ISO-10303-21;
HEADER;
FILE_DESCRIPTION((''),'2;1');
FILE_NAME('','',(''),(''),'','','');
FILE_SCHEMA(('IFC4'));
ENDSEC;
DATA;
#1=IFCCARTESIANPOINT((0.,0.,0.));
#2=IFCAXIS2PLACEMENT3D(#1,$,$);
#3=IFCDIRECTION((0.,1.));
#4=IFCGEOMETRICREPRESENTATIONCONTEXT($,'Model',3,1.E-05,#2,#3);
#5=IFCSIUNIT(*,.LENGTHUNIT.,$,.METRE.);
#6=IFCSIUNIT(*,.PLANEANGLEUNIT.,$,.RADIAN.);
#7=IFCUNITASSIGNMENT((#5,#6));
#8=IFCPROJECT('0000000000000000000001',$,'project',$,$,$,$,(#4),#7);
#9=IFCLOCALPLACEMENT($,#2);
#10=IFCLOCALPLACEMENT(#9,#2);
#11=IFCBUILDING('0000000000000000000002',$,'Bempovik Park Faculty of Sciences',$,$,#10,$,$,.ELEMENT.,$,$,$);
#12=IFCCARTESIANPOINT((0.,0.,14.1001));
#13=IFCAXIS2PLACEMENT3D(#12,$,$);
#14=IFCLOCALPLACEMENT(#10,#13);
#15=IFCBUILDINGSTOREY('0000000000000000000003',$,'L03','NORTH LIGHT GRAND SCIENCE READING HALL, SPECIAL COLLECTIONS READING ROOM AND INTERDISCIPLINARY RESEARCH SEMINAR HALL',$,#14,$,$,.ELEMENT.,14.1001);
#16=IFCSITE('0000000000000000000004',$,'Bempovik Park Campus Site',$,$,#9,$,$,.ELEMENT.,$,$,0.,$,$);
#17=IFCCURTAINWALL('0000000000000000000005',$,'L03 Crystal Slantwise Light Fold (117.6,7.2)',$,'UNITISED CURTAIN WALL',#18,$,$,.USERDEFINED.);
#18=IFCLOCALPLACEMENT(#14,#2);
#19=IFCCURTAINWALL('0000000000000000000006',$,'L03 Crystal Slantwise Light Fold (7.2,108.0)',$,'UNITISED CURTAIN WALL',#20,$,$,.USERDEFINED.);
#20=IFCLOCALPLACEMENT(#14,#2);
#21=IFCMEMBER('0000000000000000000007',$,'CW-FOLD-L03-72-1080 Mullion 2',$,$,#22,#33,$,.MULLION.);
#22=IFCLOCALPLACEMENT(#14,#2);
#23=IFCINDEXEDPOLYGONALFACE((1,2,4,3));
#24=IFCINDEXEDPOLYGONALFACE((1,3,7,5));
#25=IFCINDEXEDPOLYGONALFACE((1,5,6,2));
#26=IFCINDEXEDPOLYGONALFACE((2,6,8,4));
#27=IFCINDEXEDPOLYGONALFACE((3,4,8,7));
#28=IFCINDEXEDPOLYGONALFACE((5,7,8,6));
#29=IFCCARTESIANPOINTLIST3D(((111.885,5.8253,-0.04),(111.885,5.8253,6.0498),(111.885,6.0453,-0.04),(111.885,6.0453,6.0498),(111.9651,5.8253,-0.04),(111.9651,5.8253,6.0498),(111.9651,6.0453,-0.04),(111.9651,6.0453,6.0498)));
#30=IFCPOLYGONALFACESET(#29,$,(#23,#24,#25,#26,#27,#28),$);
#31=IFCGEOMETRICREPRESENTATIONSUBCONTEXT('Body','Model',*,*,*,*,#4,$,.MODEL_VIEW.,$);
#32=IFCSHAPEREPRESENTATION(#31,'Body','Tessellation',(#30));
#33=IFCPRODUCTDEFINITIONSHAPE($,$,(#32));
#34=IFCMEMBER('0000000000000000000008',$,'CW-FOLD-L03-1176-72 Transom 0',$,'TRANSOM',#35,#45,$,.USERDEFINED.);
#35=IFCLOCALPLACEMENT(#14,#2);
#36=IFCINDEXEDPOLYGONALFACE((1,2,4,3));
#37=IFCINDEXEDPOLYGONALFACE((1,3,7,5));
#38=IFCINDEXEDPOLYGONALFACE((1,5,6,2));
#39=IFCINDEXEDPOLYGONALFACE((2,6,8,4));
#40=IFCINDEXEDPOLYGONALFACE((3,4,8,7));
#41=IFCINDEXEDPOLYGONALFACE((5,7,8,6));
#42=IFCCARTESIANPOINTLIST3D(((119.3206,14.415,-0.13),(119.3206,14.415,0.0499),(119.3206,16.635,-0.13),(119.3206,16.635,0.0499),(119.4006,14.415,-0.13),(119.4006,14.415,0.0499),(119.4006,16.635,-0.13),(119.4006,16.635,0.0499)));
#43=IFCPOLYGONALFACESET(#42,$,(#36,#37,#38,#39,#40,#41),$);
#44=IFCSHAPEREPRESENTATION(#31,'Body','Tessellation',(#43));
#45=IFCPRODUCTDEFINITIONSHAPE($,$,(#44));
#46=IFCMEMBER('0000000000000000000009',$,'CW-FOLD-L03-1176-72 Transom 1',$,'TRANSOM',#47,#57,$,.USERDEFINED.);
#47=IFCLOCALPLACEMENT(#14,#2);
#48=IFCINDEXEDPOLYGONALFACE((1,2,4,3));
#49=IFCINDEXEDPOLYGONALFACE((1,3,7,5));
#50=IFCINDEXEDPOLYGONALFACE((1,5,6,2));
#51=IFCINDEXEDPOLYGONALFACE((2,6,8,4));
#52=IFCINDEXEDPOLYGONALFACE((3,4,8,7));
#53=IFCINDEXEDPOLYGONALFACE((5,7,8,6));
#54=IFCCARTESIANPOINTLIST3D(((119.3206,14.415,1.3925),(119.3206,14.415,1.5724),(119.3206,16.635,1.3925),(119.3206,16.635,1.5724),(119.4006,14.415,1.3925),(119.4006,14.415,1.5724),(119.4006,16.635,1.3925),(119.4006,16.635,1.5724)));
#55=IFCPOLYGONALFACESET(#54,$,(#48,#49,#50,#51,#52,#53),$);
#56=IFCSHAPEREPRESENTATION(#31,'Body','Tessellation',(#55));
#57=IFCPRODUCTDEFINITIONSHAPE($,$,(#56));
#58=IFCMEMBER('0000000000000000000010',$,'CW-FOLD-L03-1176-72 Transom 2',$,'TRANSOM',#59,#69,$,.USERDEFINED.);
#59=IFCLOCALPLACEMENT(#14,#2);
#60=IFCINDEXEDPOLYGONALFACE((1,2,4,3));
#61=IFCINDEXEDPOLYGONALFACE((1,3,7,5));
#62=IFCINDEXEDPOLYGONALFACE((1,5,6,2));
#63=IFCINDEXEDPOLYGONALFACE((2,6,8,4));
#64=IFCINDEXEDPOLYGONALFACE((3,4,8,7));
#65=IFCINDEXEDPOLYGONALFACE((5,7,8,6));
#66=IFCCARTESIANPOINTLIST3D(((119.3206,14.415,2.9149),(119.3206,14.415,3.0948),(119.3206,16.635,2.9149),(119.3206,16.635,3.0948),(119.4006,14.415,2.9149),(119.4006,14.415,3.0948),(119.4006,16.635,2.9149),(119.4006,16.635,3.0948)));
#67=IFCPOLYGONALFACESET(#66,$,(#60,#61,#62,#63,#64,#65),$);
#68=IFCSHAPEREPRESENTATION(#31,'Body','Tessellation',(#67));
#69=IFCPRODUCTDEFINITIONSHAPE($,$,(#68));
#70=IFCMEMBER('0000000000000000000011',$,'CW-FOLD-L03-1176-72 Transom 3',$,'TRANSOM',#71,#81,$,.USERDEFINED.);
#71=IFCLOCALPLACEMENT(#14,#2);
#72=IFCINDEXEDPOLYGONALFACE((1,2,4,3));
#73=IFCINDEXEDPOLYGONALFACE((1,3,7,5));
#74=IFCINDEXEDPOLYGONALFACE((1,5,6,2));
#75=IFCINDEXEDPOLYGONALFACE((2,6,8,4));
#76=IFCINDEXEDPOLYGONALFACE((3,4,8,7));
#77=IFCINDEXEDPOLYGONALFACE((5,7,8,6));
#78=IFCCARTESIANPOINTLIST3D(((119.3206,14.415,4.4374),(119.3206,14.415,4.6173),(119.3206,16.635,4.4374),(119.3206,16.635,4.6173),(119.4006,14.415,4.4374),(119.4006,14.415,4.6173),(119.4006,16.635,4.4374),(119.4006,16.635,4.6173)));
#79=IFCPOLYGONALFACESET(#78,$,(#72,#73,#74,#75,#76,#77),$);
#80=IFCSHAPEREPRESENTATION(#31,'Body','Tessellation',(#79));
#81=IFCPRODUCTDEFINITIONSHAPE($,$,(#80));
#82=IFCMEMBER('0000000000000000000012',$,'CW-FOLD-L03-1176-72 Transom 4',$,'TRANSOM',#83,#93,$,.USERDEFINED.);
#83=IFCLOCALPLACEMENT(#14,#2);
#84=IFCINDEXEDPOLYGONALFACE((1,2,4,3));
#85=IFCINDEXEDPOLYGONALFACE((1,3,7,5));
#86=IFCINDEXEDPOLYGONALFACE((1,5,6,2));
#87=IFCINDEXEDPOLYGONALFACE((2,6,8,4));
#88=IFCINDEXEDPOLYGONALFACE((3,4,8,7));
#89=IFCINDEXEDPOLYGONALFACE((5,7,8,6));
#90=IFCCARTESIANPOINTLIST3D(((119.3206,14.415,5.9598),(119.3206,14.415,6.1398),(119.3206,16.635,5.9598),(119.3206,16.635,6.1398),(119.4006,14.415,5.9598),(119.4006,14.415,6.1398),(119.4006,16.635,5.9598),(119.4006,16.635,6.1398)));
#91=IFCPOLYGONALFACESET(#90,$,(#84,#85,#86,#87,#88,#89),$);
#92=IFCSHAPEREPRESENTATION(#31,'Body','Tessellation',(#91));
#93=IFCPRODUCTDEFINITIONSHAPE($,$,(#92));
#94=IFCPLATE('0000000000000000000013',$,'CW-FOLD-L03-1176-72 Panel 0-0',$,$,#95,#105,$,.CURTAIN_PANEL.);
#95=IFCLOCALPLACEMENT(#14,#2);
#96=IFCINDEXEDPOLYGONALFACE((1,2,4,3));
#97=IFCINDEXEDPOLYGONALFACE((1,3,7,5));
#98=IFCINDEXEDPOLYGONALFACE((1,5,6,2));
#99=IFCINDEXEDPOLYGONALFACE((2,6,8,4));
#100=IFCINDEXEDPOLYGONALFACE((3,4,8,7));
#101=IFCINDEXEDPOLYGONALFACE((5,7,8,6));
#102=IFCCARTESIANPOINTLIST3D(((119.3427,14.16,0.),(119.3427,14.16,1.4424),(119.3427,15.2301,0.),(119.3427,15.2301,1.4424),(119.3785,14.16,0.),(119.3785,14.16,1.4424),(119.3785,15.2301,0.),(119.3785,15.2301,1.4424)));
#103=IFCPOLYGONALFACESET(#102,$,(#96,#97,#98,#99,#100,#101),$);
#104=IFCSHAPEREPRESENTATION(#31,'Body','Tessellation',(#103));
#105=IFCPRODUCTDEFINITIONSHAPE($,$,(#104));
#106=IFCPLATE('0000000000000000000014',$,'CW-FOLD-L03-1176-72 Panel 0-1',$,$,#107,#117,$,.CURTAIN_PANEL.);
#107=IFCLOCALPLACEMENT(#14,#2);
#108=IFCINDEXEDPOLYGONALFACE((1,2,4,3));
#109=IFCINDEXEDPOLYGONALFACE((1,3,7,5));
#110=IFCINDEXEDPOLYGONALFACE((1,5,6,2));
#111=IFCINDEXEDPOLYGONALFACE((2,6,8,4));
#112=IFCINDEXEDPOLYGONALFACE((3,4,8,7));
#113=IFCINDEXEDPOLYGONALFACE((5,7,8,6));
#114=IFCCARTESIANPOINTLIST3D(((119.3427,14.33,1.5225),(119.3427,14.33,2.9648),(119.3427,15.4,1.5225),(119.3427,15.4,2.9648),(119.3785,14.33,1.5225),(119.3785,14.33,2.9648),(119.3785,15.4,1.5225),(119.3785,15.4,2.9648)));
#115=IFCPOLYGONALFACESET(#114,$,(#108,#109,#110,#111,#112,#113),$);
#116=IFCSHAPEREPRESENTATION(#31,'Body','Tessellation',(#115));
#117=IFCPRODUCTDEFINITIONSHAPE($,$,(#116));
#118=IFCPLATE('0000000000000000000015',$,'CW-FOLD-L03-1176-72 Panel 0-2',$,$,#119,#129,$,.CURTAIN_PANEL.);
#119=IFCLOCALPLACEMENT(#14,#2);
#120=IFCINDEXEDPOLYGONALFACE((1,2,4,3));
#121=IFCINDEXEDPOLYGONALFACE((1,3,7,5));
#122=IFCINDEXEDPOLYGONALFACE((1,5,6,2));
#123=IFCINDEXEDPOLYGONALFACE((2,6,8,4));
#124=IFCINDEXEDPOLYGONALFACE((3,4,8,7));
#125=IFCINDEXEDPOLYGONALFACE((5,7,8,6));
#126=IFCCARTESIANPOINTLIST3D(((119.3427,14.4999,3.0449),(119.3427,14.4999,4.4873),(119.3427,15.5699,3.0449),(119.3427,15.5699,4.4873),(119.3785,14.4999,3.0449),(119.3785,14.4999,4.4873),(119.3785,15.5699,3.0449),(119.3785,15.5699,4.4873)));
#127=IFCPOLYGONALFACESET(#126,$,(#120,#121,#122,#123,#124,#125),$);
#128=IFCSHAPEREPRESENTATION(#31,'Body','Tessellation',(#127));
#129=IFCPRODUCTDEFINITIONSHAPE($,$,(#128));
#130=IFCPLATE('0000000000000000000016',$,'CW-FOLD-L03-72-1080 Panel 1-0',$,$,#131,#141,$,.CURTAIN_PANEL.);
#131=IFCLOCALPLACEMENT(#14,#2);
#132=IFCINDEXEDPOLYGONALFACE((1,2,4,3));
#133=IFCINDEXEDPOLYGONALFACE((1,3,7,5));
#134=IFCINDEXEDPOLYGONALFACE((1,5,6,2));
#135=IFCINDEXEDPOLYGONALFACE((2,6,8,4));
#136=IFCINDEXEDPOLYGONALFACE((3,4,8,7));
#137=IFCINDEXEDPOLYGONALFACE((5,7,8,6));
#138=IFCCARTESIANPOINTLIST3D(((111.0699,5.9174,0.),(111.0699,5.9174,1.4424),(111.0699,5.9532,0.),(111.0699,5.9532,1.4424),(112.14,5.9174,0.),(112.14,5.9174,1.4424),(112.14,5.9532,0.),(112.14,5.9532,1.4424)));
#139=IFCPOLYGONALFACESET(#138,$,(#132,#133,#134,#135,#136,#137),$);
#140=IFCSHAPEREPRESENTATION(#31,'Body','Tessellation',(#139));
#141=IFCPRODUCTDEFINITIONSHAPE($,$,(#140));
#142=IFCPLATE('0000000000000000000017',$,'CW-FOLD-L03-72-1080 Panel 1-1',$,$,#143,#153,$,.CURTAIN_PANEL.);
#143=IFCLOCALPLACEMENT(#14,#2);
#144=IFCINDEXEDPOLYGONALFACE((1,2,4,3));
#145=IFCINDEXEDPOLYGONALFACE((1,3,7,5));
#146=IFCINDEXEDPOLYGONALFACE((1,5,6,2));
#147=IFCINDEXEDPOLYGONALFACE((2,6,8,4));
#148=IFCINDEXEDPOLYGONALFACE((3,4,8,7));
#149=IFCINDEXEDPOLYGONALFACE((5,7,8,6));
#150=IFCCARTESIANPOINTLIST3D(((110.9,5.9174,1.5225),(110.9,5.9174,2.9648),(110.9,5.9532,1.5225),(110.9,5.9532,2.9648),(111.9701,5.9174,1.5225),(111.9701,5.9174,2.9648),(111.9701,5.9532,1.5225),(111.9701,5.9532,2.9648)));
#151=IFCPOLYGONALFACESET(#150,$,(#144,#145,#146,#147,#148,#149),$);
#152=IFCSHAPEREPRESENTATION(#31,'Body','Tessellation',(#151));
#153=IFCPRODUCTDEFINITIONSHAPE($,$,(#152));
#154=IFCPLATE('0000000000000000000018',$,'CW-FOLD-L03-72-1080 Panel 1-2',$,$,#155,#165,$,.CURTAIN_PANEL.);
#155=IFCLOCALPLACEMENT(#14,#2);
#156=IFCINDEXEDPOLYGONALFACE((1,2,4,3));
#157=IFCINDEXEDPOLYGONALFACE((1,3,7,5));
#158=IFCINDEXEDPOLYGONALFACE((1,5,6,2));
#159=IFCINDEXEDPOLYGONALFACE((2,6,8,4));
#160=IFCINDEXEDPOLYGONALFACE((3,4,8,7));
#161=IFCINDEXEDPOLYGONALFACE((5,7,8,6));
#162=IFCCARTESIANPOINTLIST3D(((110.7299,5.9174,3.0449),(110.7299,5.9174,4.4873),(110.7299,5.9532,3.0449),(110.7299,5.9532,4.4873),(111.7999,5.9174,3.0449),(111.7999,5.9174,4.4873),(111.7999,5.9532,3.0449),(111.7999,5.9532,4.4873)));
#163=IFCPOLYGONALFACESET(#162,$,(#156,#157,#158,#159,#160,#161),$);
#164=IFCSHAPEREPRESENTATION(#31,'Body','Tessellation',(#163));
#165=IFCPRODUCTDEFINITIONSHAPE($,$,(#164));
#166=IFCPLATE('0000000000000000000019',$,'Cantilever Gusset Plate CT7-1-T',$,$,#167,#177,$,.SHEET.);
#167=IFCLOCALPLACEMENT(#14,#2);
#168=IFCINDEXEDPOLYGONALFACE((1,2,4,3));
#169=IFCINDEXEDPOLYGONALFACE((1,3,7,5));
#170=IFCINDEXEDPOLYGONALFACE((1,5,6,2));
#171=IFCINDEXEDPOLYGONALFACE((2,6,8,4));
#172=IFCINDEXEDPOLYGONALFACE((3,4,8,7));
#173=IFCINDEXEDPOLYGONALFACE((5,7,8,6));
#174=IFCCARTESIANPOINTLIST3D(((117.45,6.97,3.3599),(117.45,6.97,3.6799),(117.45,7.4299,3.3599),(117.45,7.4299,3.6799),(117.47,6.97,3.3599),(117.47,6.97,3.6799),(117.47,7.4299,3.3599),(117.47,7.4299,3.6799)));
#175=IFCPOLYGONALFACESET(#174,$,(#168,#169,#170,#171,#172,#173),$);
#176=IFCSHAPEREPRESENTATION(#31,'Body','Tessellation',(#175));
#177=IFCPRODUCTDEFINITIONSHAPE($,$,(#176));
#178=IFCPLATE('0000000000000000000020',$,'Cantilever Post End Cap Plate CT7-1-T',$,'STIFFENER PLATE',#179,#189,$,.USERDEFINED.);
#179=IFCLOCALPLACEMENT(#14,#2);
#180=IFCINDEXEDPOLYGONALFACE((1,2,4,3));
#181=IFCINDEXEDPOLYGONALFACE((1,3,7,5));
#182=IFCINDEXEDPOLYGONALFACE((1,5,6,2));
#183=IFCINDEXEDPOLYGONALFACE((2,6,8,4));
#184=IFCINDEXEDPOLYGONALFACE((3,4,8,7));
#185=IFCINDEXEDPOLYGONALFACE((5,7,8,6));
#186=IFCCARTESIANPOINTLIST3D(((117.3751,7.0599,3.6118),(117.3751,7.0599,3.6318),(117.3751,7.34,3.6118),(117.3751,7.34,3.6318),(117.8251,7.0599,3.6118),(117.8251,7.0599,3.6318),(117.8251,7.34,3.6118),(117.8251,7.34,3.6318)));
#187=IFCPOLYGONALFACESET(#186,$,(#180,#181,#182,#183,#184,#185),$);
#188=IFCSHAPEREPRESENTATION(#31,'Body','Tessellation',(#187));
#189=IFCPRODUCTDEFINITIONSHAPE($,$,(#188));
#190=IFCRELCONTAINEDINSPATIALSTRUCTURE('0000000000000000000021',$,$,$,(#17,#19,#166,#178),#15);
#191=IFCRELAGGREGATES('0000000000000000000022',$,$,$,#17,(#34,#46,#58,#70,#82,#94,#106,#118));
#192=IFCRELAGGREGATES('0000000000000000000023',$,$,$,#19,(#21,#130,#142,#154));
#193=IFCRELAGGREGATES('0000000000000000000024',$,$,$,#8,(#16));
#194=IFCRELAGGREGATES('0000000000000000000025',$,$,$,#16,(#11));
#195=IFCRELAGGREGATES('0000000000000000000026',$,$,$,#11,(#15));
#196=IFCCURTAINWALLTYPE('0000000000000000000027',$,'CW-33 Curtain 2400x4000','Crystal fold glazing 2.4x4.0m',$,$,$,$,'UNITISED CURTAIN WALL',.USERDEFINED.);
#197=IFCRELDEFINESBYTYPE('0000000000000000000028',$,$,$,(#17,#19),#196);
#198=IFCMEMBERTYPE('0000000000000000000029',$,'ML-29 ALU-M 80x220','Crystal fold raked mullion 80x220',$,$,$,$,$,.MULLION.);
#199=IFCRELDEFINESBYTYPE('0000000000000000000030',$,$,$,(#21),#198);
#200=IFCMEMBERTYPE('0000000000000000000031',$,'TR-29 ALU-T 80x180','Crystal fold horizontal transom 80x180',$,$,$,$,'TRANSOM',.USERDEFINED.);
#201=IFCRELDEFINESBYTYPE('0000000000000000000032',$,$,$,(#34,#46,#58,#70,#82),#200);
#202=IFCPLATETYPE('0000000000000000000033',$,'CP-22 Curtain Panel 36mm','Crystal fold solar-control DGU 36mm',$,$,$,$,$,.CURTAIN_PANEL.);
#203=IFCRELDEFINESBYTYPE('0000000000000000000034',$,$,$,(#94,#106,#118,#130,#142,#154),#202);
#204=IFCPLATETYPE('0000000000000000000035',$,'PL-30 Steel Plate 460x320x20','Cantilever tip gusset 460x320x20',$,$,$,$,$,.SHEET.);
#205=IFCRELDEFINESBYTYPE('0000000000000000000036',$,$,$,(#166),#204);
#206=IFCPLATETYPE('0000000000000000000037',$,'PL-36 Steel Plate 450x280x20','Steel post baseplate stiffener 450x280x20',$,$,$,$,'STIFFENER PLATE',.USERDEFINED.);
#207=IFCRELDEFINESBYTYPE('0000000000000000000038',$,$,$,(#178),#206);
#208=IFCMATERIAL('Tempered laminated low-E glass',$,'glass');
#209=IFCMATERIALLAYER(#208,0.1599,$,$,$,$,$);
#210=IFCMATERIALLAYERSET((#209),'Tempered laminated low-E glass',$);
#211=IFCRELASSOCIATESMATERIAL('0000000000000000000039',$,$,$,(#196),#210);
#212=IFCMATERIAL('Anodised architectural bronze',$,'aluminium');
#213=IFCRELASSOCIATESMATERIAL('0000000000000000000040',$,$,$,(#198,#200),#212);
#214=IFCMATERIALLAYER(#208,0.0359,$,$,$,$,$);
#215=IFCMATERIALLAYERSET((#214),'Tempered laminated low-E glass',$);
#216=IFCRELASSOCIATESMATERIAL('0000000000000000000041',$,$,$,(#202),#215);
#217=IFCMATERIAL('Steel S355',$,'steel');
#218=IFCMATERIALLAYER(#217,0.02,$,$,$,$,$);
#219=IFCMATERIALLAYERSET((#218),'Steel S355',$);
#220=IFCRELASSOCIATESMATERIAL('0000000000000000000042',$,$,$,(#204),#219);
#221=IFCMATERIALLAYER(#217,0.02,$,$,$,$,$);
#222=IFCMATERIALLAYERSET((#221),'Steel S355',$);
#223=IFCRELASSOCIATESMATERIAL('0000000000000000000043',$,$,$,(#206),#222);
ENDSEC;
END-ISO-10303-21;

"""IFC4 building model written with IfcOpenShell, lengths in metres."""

from ifc_helpers import new_model, si_unit, direction, frame, origin, origin_2d, place, context, subcontext, project, spatial, rectangle, extrude, material, layer, layer_set, material_profile, profile_set, type_object, element, aggregate, save


model = new_model("IFC4")

# Units and contexts
model_context = context("Model", 3, precision=1e-05, world=origin(), true_north=direction((0.0, 1.0)))
body_context = subcontext(model_context, "Body", "Model", "MODEL_VIEW")
ifc_project = project(units=[si_unit("LENGTHUNIT", "METRE"), si_unit("PLANEANGLEUNIT", "RADIAN")], contexts=[model_context])

# Site, building, storey
site_placement = place(None, origin())
site = spatial("IfcSite", under=ifc_project, at=site_placement, Name="Bempovik Park Campus Site", CompositionType="ELEMENT", RefElevation=0.0)
building_placement = place(site_placement, origin())
building = spatial("IfcBuilding", under=site, at=building_placement, Name="Bempovik Park Faculty of Sciences", CompositionType="ELEMENT")
storey_placement = place(building_placement, frame((0.0, 0.0, 14.1001)))
storey = spatial("IfcBuildingStorey", under=building, at=storey_placement, Name="L03", Description="NORTH LIGHT GRAND SCIENCE READING HALL, SPECIAL COLLECTIONS READING ROOM AND INTERDISCIPLINARY RESEARCH SEMINAR HALL", CompositionType="ELEMENT", Elevation=14.1001)

# Shared definitions
ifc_material_1 = material(Name="Steel S355", Category="steel")

# Curtain walls, member
ifc_material_2 = material(Name="Tempered laminated low-E glass", Category="glass")
ifc_layer_1 = layer(ifc_material_2, 0.1599)
ifc_layer_set_1 = layer_set([ifc_layer_1], Name="Tempered laminated low-E glass")
curtain_wall_type = type_object("IfcCurtainWallType", Name="CW-33 Curtain 2400x4000", Description="Crystal fold glazing 2.4x4.0m", ElementType="UNITISED CURTAIN WALL", PredefinedType="USERDEFINED", material=ifc_layer_set_1)
curtain_wall_1_placement = place(storey_placement, origin())
curtain_wall_1 = element("IfcCurtainWall", 1, at=curtain_wall_1_placement, inside=storey, type_object=curtain_wall_type, Name="L03 Crystal Slantwise Light Fold (117.6,7.2)", ObjectType="UNITISED CURTAIN WALL", PredefinedType="USERDEFINED")
ifc_material_3 = material(Name="Anodised architectural bronze", Category="aluminium")
ifc_material_profile_1 = material_profile(ifc_material_3, rectangle(XDim=0.0801, YDim=0.22, at=origin_2d()), Name="ALU-M 80x220")
ifc_profile_set_1 = profile_set([ifc_material_profile_1], Name="Anodised architectural bronze")
member_type_1 = type_object("IfcMemberType", Name="ML-29 ALU-M 80x220", Description="Crystal fold raked mullion 80x220", PredefinedType="MULLION", material=ifc_profile_set_1)
curtain_wall_2_placement = place(storey_placement, origin())
curtain_wall_2 = element("IfcCurtainWall", 2, at=curtain_wall_2_placement, inside=storey, type_object=curtain_wall_type, Name="L03 Crystal Slantwise Light Fold (7.2,108.0)", ObjectType="UNITISED CURTAIN WALL", PredefinedType="USERDEFINED")
member_1_placement = place(storey_placement, frame((111.925, 5.9353, -0.04), z_axis=(0.0, 0.0, 1.0), x_axis=(1.0, 0.0, 0.0)))
member_1 = element("IfcMember", 3, at=member_1_placement, type_object=member_type_1, Name="CW-FOLD-L03-72-1080 Mullion 2", PredefinedType="MULLION", context=body_context, shape_type="SweptSolid", body=[
    extrude(rectangle(XDim=0.0801, YDim=0.22, at=origin_2d()), origin(), (0.0, 0.0, 1.0), 6.0898),
])

# Members
ifc_material_profile_2 = material_profile(ifc_material_3, rectangle(XDim=0.0801, YDim=0.1799, at=origin_2d()), Name="ALU-T 80x180")
ifc_profile_set_2 = profile_set([ifc_material_profile_2], Name="Anodised architectural bronze")
member_type_2 = type_object("IfcMemberType", Name="TR-29 ALU-T 80x180", Description="Crystal fold horizontal transom 80x180", ElementType="TRANSOM", PredefinedType="USERDEFINED", material=ifc_profile_set_2)
member_2_placement = place(storey_placement, frame((119.3606, 14.415, -0.04), z_axis=(0.0, 1.0, 0.0), x_axis=(-1.0, 0.0, 0.0)))
member_2 = element("IfcMember", 4, at=member_2_placement, type_object=member_type_2, Name="CW-FOLD-L03-1176-72 Transom 0", ObjectType="TRANSOM", PredefinedType="USERDEFINED", context=body_context, shape_type="SweptSolid", body=[
    extrude(rectangle(XDim=0.0801, YDim=0.1799, at=origin_2d()), origin(), (0.0, 0.0, 1.0), 2.22),
])
member_3_placement = place(storey_placement, frame((119.3606, 14.415, 1.4824), z_axis=(0.0, 1.0, 0.0), x_axis=(-1.0, 0.0, 0.0)))
member_3 = element("IfcMember", 5, at=member_3_placement, type_object=member_type_2, Name="CW-FOLD-L03-1176-72 Transom 1", ObjectType="TRANSOM", PredefinedType="USERDEFINED", context=body_context, shape_type="SweptSolid", body=[
    extrude(rectangle(XDim=0.0801, YDim=0.1799, at=origin_2d()), origin(), (0.0, 0.0, 1.0), 2.22),
])
member_4_placement = place(storey_placement, frame((119.3606, 14.415, 3.0049), z_axis=(0.0, 1.0, 0.0), x_axis=(-1.0, 0.0, 0.0)))
member_4 = element("IfcMember", 6, at=member_4_placement, type_object=member_type_2, Name="CW-FOLD-L03-1176-72 Transom 2", ObjectType="TRANSOM", PredefinedType="USERDEFINED", context=body_context, shape_type="SweptSolid", body=[
    extrude(rectangle(XDim=0.0801, YDim=0.1799, at=origin_2d()), origin(), (0.0, 0.0, 1.0), 2.22),
])
member_5_placement = place(storey_placement, frame((119.3606, 14.415, 4.5273), z_axis=(0.0, 1.0, 0.0), x_axis=(-1.0, 0.0, 0.0)))
member_5 = element("IfcMember", 7, at=member_5_placement, type_object=member_type_2, Name="CW-FOLD-L03-1176-72 Transom 3", ObjectType="TRANSOM", PredefinedType="USERDEFINED", context=body_context, shape_type="SweptSolid", body=[
    extrude(rectangle(XDim=0.0801, YDim=0.1799, at=origin_2d()), origin(), (0.0, 0.0, 1.0), 2.22),
])
member_6_placement = place(storey_placement, frame((119.3606, 14.415, 6.0498), z_axis=(0.0, 1.0, 0.0), x_axis=(-1.0, 0.0, 0.0)))
member_6 = element("IfcMember", 8, at=member_6_placement, type_object=member_type_2, Name="CW-FOLD-L03-1176-72 Transom 4", ObjectType="TRANSOM", PredefinedType="USERDEFINED", context=body_context, shape_type="SweptSolid", body=[
    extrude(rectangle(XDim=0.0801, YDim=0.1799, at=origin_2d()), origin(), (0.0, 0.0, 1.0), 2.22),
])

# Plates
ifc_layer_2 = layer(ifc_material_2, 0.0359)
ifc_layer_set_2 = layer_set([ifc_layer_2], Name="Tempered laminated low-E glass")
plate_type_1 = type_object("IfcPlateType", Name="CP-22 Curtain Panel 36mm", Description="Crystal fold solar-control DGU 36mm", PredefinedType="CURTAIN_PANEL", material=ifc_layer_set_2)
plate_1_placement = place(storey_placement, frame((119.3606, 14.6951, 0.0), z_axis=(0.0, 0.0, 1.0), x_axis=(0.0, 1.0, 0.0)))
plate_1 = element("IfcPlate", 9, at=plate_1_placement, type_object=plate_type_1, Name="CW-FOLD-L03-1176-72 Panel 0-0", PredefinedType="CURTAIN_PANEL", context=body_context, shape_type="SweptSolid", body=[
    extrude(rectangle(XDim=1.0701, YDim=0.0359, at=origin_2d()), origin(), (0.0, 0.0, 1.0), 1.4424),
])
plate_2_placement = place(storey_placement, frame((119.3606, 14.865, 1.5225), z_axis=(0.0, 0.0, 1.0), x_axis=(0.0, 1.0, 0.0)))
plate_2 = element("IfcPlate", 10, at=plate_2_placement, type_object=plate_type_1, Name="CW-FOLD-L03-1176-72 Panel 0-1", PredefinedType="CURTAIN_PANEL", context=body_context, shape_type="SweptSolid", body=[
    extrude(rectangle(XDim=1.0701, YDim=0.0359, at=origin_2d()), origin(), (0.0, 0.0, 1.0), 1.4424),
])
plate_3_placement = place(storey_placement, frame((119.3606, 15.0349, 3.0449), z_axis=(0.0, 0.0, 1.0), x_axis=(0.0, 1.0, 0.0)))
plate_3 = element("IfcPlate", 11, at=plate_3_placement, type_object=plate_type_1, Name="CW-FOLD-L03-1176-72 Panel 0-2", PredefinedType="CURTAIN_PANEL", context=body_context, shape_type="SweptSolid", body=[
    extrude(rectangle(XDim=1.0701, YDim=0.0359, at=origin_2d()), origin(), (0.0, 0.0, 1.0), 1.4424),
])
aggregate(curtain_wall_1, [member_2, member_3, member_4, member_5, member_6, plate_1, plate_2, plate_3])
plate_4_placement = place(storey_placement, frame((111.605, 5.9353, 0.0), z_axis=(0.0, 0.0, 1.0), x_axis=(1.0, 0.0, 0.0)))
plate_4 = element("IfcPlate", 12, at=plate_4_placement, type_object=plate_type_1, Name="CW-FOLD-L03-72-1080 Panel 1-0", PredefinedType="CURTAIN_PANEL", context=body_context, shape_type="SweptSolid", body=[
    extrude(rectangle(XDim=1.0701, YDim=0.0359, at=origin_2d()), origin(), (0.0, 0.0, 1.0), 1.4424),
])
plate_5_placement = place(storey_placement, frame((111.4351, 5.9353, 1.5225), z_axis=(0.0, 0.0, 1.0), x_axis=(1.0, 0.0, 0.0)))
plate_5 = element("IfcPlate", 13, at=plate_5_placement, type_object=plate_type_1, Name="CW-FOLD-L03-72-1080 Panel 1-1", PredefinedType="CURTAIN_PANEL", context=body_context, shape_type="SweptSolid", body=[
    extrude(rectangle(XDim=1.0701, YDim=0.0359, at=origin_2d()), origin(), (0.0, 0.0, 1.0), 1.4424),
])
plate_6_placement = place(storey_placement, frame((111.2649, 5.9353, 3.0449), z_axis=(0.0, 0.0, 1.0), x_axis=(1.0, 0.0, 0.0)))
plate_6 = element("IfcPlate", 14, at=plate_6_placement, type_object=plate_type_1, Name="CW-FOLD-L03-72-1080 Panel 1-2", PredefinedType="CURTAIN_PANEL", context=body_context, shape_type="SweptSolid", body=[
    extrude(rectangle(XDim=1.0701, YDim=0.0359, at=origin_2d()), origin(), (0.0, 0.0, 1.0), 1.4424),
])
aggregate(curtain_wall_2, [member_1, plate_4, plate_5, plate_6])

# Plates
ifc_layer_3 = layer(ifc_material_1, 0.02)
ifc_layer_set_3 = layer_set([ifc_layer_3], Name="Steel S355")
plate_type_2 = type_object("IfcPlateType", Name="PL-30 Steel Plate 460x320x20", Description="Cantilever tip gusset 460x320x20", PredefinedType="SHEET", material=ifc_layer_set_3)
plate_7_placement = place(storey_placement, frame((117.46, 7.2, 3.3599), z_axis=(0.0, 0.0, 1.0), x_axis=(1.0, 0.0, 0.0)))
element("IfcPlate", 15, at=plate_7_placement, inside=storey, type_object=plate_type_2, Name="Cantilever Gusset Plate CT7-1-T", PredefinedType="SHEET", context=body_context, shape_type="SweptSolid", body=[
    extrude(rectangle(XDim=0.02, YDim=0.46, at=origin_2d()), origin(), (0.0, 0.0, 1.0), 0.3201),
])
ifc_layer_4 = layer(ifc_material_1, 0.02)
ifc_layer_set_4 = layer_set([ifc_layer_4], Name="Steel S355")
plate_type_3 = type_object("IfcPlateType", Name="PL-36 Steel Plate 450x280x20", Description="Steel post baseplate stiffener 450x280x20", ElementType="STIFFENER PLATE", PredefinedType="USERDEFINED", material=ifc_layer_set_4)
for number, where, z_axis, x_axis, name in (
    (16, (117.6001, 7.2, 3.6118), (0.0, 0.0, 1.0), (1.0, 0.0, 0.0), "Cantilever Post End Cap Plate CT7-1-T"),
):
    element("IfcPlate", number, at=place(storey_placement, frame(where, z_axis=z_axis, x_axis=x_axis)), inside=storey, type_object=plate_type_3, Name=name, ObjectType="STIFFENER PLATE", PredefinedType="USERDEFINED", context=body_context, shape_type="SweptSolid", body=[
        extrude(rectangle(XDim=0.45, YDim=0.28, at=origin_2d()), origin(), (0.0, 0.0, 1.0), 0.02),
    ])

save(model, "model.ifc")
